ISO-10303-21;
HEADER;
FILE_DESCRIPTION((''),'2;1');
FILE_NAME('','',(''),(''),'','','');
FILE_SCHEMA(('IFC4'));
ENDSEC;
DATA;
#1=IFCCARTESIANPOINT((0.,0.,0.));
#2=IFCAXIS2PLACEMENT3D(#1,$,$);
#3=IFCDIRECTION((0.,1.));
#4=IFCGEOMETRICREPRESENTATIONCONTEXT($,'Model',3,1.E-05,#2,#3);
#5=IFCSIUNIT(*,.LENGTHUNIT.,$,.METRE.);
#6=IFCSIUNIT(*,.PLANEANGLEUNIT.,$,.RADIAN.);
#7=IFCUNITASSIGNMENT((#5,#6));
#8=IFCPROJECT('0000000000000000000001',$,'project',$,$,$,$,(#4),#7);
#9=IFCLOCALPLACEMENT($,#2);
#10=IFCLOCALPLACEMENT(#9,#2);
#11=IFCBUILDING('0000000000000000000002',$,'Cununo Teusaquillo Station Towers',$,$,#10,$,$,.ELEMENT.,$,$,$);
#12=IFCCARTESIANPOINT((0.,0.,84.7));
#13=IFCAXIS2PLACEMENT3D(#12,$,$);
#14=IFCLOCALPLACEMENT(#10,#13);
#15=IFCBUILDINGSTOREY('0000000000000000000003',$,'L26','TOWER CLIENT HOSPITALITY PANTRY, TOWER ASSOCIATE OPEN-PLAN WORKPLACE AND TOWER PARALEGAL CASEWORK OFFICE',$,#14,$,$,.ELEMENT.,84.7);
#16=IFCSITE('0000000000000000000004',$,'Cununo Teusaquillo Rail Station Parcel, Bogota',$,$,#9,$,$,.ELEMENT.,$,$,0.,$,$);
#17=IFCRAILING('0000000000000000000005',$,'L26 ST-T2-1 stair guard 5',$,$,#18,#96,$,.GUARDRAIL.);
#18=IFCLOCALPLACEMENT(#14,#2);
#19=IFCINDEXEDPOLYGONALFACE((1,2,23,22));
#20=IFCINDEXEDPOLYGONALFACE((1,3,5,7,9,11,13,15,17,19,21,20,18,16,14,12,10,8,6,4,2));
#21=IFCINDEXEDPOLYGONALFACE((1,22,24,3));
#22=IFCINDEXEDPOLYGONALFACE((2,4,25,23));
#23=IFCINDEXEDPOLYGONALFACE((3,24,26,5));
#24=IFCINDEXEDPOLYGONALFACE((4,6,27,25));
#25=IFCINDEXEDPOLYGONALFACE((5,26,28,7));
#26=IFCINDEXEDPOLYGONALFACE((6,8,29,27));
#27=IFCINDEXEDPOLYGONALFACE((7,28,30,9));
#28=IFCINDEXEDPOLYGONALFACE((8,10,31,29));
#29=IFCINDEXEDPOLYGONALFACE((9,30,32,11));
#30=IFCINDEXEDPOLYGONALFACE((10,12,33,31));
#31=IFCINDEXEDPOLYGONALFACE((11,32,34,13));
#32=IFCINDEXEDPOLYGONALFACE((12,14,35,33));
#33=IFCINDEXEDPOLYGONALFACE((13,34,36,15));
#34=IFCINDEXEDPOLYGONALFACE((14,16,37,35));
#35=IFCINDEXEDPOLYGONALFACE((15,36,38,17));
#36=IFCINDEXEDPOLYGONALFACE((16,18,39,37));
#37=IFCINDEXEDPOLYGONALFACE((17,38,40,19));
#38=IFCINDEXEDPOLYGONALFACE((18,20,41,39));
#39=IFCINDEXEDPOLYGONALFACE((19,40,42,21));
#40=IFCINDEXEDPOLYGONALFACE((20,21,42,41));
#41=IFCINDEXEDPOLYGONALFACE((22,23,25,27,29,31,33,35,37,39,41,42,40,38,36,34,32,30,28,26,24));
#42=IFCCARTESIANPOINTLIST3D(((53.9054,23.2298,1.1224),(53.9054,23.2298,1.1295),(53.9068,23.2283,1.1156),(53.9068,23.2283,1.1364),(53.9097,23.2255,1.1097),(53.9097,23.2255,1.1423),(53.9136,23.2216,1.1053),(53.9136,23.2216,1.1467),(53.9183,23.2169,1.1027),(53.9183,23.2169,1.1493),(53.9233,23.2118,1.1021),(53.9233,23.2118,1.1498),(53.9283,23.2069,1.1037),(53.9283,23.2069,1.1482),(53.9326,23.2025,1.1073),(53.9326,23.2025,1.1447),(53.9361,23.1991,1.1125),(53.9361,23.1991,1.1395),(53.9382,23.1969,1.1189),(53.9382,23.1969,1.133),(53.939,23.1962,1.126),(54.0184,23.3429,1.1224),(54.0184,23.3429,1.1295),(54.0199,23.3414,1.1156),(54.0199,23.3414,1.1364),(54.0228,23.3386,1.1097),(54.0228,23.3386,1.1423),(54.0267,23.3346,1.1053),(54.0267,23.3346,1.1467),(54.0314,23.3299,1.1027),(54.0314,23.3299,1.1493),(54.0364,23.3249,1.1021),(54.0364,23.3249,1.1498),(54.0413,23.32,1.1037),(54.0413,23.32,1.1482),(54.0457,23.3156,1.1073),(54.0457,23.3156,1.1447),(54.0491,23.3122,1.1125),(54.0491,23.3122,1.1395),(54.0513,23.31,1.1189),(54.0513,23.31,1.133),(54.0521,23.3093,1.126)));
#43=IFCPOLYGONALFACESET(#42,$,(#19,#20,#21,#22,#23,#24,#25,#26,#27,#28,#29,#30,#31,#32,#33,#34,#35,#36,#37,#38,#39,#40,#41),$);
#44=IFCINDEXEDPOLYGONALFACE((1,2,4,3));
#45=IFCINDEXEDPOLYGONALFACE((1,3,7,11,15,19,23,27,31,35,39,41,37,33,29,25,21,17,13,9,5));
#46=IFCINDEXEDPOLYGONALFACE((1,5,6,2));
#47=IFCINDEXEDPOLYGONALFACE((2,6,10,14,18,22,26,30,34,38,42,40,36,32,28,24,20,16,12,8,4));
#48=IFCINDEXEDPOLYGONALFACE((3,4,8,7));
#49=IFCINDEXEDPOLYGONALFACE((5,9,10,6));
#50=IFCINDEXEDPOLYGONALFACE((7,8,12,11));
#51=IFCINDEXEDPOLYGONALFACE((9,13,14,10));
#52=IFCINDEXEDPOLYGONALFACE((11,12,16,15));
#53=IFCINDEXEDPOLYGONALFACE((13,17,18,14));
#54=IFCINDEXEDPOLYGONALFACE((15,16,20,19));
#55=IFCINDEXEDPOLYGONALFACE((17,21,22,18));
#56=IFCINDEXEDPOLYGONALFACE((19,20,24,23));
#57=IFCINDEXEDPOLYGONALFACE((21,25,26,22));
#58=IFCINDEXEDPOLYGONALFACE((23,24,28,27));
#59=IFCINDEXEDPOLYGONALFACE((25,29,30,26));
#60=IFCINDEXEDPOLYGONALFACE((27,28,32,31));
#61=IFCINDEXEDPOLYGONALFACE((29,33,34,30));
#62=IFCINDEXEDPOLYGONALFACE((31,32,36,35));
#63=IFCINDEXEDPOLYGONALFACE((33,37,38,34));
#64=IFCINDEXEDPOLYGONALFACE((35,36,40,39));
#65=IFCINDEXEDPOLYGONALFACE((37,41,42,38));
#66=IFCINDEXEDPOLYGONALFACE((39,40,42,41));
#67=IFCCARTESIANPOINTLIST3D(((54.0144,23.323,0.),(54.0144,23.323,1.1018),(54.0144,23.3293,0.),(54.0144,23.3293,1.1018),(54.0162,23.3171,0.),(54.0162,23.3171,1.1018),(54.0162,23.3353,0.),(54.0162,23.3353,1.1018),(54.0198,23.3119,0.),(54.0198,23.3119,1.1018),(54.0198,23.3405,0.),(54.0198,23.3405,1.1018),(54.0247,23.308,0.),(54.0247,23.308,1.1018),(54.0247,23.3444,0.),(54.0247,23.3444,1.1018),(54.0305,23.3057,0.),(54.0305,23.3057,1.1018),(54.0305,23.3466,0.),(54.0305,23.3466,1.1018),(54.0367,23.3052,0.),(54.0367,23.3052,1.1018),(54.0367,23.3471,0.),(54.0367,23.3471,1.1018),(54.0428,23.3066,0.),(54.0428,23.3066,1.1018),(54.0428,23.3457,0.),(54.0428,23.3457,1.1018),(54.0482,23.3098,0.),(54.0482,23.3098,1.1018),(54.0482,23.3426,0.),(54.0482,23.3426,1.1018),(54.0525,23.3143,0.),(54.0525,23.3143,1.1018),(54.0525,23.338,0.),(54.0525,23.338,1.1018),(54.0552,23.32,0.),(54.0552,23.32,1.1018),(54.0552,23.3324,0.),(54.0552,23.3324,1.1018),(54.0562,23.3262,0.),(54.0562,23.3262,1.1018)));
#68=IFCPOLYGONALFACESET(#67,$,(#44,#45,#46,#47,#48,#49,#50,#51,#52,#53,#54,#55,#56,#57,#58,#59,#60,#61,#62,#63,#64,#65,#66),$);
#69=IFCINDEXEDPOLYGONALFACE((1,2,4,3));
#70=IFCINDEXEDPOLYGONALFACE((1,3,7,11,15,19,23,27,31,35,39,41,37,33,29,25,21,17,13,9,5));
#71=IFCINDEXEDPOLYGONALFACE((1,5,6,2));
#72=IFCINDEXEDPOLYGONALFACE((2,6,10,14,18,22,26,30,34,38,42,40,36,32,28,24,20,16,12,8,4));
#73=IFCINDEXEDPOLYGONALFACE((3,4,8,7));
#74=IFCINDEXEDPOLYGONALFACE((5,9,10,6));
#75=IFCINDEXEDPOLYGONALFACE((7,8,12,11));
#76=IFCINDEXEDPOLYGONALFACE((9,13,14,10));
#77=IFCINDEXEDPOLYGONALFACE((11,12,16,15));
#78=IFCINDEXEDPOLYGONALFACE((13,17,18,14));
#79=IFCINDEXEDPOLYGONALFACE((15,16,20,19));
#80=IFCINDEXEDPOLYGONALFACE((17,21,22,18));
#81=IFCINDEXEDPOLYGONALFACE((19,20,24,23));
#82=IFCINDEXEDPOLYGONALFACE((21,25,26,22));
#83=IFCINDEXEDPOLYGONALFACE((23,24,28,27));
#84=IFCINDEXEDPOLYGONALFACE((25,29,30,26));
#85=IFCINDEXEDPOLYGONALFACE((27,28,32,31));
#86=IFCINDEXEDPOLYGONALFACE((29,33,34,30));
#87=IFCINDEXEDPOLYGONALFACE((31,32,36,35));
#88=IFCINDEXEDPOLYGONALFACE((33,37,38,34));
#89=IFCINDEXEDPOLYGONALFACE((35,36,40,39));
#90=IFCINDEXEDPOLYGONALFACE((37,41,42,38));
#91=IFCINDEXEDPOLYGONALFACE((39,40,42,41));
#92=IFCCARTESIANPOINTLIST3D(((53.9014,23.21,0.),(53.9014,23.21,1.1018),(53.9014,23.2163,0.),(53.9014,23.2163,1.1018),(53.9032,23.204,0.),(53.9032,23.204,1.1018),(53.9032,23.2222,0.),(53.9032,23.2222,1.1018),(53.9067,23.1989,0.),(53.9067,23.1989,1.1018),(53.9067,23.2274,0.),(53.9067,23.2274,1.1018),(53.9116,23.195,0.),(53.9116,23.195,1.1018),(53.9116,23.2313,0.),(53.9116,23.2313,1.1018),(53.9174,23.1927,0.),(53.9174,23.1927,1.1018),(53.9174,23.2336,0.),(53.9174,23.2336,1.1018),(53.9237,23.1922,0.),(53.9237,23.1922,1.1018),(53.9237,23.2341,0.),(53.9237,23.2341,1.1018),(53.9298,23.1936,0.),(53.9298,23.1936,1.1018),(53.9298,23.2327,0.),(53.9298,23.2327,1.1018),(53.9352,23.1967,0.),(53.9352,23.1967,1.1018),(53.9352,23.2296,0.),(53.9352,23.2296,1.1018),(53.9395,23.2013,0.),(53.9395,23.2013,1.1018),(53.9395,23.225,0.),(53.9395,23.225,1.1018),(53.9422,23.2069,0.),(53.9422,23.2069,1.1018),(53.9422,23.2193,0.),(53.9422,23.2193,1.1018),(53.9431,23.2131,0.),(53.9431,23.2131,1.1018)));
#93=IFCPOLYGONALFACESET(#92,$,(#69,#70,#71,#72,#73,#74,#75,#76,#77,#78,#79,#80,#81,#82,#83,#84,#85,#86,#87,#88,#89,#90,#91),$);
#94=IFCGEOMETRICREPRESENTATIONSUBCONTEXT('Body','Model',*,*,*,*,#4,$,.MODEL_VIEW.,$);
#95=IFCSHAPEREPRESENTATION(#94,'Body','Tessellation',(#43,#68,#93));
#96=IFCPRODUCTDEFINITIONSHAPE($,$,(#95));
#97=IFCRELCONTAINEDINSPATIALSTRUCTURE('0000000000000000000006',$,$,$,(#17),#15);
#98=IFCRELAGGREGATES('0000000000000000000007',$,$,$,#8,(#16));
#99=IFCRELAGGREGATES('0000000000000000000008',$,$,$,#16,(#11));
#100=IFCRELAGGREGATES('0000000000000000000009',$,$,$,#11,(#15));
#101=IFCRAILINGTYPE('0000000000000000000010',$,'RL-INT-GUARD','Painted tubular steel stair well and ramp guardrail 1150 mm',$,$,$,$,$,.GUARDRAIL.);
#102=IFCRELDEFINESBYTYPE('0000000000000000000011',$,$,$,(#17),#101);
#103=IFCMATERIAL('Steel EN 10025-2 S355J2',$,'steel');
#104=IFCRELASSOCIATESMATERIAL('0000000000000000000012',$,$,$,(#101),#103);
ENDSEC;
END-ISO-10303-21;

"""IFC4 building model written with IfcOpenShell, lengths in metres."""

from ifc_helpers import new_model, si_unit, direction, frame, origin, origin_2d, place, context, subcontext, project, spatial, circle, extrude, material, type_object, element, save


model = new_model("IFC4")

# Units and contexts
model_context = context("Model", 3, precision=1e-05, world=origin(), true_north=direction((0.0, 1.0)))
body_context = subcontext(model_context, "Body", "Model", "MODEL_VIEW")
ifc_project = project(units=[si_unit("LENGTHUNIT", "METRE"), si_unit("PLANEANGLEUNIT", "RADIAN")], contexts=[model_context])

# Site, building, storey
site_placement = place(None, origin())
site = spatial("IfcSite", under=ifc_project, at=site_placement, Name="Cununo Teusaquillo Rail Station Parcel, Bogota", CompositionType="ELEMENT", RefElevation=0.0)
building_placement = place(site_placement, origin())
building = spatial("IfcBuilding", under=site, at=building_placement, Name="Cununo Teusaquillo Station Towers", CompositionType="ELEMENT")
storey_placement = place(building_placement, frame((0.0, 0.0, 84.7)))
storey = spatial("IfcBuildingStorey", under=building, at=storey_placement, Name="L26", Description="TOWER CLIENT HOSPITALITY PANTRY, TOWER ASSOCIATE OPEN-PLAN WORKPLACE AND TOWER PARALEGAL CASEWORK OFFICE", CompositionType="ELEMENT", Elevation=84.7)

# Railing
ifc_material_1 = material(Name="Steel EN 10025-2 S355J2", Category="steel")
railing_type_1 = type_object("IfcRailingType", Name="RL-INT-GUARD", Description="Painted tubular steel stair well and ramp guardrail 1150 mm", PredefinedType="GUARDRAIL", material=ifc_material_1)
railing_1_placement = place(storey_placement, frame((54.0352, 23.3262, 0.0)))
element("IfcRailing", 1, at=railing_1_placement, inside=storey, type_object=railing_type_1, Name="L26 ST-T2-1 stair guard 5", PredefinedType="GUARDRAIL", context=body_context, shape_type="SweptSolid", body=[
    extrude(circle(Radius=0.0239, at=origin_2d()), frame((0.0, 0.0, 1.126), z_axis=(-0.707107, -0.707107, 0.0), x_axis=(0.707107, -0.707107, 0.0)), (0.0, 0.0, 1.0), 0.1599),
    extrude(circle(Radius=0.021, at=origin_2d()), origin(), (0.0, 0.0, 1.0), 1.1018),
    extrude(circle(Radius=0.021, at=origin_2d()), frame((-0.113, -0.113, 0.0)), (0.0, 0.0, 1.0), 1.1018),
])

save(model, "model.ifc")
